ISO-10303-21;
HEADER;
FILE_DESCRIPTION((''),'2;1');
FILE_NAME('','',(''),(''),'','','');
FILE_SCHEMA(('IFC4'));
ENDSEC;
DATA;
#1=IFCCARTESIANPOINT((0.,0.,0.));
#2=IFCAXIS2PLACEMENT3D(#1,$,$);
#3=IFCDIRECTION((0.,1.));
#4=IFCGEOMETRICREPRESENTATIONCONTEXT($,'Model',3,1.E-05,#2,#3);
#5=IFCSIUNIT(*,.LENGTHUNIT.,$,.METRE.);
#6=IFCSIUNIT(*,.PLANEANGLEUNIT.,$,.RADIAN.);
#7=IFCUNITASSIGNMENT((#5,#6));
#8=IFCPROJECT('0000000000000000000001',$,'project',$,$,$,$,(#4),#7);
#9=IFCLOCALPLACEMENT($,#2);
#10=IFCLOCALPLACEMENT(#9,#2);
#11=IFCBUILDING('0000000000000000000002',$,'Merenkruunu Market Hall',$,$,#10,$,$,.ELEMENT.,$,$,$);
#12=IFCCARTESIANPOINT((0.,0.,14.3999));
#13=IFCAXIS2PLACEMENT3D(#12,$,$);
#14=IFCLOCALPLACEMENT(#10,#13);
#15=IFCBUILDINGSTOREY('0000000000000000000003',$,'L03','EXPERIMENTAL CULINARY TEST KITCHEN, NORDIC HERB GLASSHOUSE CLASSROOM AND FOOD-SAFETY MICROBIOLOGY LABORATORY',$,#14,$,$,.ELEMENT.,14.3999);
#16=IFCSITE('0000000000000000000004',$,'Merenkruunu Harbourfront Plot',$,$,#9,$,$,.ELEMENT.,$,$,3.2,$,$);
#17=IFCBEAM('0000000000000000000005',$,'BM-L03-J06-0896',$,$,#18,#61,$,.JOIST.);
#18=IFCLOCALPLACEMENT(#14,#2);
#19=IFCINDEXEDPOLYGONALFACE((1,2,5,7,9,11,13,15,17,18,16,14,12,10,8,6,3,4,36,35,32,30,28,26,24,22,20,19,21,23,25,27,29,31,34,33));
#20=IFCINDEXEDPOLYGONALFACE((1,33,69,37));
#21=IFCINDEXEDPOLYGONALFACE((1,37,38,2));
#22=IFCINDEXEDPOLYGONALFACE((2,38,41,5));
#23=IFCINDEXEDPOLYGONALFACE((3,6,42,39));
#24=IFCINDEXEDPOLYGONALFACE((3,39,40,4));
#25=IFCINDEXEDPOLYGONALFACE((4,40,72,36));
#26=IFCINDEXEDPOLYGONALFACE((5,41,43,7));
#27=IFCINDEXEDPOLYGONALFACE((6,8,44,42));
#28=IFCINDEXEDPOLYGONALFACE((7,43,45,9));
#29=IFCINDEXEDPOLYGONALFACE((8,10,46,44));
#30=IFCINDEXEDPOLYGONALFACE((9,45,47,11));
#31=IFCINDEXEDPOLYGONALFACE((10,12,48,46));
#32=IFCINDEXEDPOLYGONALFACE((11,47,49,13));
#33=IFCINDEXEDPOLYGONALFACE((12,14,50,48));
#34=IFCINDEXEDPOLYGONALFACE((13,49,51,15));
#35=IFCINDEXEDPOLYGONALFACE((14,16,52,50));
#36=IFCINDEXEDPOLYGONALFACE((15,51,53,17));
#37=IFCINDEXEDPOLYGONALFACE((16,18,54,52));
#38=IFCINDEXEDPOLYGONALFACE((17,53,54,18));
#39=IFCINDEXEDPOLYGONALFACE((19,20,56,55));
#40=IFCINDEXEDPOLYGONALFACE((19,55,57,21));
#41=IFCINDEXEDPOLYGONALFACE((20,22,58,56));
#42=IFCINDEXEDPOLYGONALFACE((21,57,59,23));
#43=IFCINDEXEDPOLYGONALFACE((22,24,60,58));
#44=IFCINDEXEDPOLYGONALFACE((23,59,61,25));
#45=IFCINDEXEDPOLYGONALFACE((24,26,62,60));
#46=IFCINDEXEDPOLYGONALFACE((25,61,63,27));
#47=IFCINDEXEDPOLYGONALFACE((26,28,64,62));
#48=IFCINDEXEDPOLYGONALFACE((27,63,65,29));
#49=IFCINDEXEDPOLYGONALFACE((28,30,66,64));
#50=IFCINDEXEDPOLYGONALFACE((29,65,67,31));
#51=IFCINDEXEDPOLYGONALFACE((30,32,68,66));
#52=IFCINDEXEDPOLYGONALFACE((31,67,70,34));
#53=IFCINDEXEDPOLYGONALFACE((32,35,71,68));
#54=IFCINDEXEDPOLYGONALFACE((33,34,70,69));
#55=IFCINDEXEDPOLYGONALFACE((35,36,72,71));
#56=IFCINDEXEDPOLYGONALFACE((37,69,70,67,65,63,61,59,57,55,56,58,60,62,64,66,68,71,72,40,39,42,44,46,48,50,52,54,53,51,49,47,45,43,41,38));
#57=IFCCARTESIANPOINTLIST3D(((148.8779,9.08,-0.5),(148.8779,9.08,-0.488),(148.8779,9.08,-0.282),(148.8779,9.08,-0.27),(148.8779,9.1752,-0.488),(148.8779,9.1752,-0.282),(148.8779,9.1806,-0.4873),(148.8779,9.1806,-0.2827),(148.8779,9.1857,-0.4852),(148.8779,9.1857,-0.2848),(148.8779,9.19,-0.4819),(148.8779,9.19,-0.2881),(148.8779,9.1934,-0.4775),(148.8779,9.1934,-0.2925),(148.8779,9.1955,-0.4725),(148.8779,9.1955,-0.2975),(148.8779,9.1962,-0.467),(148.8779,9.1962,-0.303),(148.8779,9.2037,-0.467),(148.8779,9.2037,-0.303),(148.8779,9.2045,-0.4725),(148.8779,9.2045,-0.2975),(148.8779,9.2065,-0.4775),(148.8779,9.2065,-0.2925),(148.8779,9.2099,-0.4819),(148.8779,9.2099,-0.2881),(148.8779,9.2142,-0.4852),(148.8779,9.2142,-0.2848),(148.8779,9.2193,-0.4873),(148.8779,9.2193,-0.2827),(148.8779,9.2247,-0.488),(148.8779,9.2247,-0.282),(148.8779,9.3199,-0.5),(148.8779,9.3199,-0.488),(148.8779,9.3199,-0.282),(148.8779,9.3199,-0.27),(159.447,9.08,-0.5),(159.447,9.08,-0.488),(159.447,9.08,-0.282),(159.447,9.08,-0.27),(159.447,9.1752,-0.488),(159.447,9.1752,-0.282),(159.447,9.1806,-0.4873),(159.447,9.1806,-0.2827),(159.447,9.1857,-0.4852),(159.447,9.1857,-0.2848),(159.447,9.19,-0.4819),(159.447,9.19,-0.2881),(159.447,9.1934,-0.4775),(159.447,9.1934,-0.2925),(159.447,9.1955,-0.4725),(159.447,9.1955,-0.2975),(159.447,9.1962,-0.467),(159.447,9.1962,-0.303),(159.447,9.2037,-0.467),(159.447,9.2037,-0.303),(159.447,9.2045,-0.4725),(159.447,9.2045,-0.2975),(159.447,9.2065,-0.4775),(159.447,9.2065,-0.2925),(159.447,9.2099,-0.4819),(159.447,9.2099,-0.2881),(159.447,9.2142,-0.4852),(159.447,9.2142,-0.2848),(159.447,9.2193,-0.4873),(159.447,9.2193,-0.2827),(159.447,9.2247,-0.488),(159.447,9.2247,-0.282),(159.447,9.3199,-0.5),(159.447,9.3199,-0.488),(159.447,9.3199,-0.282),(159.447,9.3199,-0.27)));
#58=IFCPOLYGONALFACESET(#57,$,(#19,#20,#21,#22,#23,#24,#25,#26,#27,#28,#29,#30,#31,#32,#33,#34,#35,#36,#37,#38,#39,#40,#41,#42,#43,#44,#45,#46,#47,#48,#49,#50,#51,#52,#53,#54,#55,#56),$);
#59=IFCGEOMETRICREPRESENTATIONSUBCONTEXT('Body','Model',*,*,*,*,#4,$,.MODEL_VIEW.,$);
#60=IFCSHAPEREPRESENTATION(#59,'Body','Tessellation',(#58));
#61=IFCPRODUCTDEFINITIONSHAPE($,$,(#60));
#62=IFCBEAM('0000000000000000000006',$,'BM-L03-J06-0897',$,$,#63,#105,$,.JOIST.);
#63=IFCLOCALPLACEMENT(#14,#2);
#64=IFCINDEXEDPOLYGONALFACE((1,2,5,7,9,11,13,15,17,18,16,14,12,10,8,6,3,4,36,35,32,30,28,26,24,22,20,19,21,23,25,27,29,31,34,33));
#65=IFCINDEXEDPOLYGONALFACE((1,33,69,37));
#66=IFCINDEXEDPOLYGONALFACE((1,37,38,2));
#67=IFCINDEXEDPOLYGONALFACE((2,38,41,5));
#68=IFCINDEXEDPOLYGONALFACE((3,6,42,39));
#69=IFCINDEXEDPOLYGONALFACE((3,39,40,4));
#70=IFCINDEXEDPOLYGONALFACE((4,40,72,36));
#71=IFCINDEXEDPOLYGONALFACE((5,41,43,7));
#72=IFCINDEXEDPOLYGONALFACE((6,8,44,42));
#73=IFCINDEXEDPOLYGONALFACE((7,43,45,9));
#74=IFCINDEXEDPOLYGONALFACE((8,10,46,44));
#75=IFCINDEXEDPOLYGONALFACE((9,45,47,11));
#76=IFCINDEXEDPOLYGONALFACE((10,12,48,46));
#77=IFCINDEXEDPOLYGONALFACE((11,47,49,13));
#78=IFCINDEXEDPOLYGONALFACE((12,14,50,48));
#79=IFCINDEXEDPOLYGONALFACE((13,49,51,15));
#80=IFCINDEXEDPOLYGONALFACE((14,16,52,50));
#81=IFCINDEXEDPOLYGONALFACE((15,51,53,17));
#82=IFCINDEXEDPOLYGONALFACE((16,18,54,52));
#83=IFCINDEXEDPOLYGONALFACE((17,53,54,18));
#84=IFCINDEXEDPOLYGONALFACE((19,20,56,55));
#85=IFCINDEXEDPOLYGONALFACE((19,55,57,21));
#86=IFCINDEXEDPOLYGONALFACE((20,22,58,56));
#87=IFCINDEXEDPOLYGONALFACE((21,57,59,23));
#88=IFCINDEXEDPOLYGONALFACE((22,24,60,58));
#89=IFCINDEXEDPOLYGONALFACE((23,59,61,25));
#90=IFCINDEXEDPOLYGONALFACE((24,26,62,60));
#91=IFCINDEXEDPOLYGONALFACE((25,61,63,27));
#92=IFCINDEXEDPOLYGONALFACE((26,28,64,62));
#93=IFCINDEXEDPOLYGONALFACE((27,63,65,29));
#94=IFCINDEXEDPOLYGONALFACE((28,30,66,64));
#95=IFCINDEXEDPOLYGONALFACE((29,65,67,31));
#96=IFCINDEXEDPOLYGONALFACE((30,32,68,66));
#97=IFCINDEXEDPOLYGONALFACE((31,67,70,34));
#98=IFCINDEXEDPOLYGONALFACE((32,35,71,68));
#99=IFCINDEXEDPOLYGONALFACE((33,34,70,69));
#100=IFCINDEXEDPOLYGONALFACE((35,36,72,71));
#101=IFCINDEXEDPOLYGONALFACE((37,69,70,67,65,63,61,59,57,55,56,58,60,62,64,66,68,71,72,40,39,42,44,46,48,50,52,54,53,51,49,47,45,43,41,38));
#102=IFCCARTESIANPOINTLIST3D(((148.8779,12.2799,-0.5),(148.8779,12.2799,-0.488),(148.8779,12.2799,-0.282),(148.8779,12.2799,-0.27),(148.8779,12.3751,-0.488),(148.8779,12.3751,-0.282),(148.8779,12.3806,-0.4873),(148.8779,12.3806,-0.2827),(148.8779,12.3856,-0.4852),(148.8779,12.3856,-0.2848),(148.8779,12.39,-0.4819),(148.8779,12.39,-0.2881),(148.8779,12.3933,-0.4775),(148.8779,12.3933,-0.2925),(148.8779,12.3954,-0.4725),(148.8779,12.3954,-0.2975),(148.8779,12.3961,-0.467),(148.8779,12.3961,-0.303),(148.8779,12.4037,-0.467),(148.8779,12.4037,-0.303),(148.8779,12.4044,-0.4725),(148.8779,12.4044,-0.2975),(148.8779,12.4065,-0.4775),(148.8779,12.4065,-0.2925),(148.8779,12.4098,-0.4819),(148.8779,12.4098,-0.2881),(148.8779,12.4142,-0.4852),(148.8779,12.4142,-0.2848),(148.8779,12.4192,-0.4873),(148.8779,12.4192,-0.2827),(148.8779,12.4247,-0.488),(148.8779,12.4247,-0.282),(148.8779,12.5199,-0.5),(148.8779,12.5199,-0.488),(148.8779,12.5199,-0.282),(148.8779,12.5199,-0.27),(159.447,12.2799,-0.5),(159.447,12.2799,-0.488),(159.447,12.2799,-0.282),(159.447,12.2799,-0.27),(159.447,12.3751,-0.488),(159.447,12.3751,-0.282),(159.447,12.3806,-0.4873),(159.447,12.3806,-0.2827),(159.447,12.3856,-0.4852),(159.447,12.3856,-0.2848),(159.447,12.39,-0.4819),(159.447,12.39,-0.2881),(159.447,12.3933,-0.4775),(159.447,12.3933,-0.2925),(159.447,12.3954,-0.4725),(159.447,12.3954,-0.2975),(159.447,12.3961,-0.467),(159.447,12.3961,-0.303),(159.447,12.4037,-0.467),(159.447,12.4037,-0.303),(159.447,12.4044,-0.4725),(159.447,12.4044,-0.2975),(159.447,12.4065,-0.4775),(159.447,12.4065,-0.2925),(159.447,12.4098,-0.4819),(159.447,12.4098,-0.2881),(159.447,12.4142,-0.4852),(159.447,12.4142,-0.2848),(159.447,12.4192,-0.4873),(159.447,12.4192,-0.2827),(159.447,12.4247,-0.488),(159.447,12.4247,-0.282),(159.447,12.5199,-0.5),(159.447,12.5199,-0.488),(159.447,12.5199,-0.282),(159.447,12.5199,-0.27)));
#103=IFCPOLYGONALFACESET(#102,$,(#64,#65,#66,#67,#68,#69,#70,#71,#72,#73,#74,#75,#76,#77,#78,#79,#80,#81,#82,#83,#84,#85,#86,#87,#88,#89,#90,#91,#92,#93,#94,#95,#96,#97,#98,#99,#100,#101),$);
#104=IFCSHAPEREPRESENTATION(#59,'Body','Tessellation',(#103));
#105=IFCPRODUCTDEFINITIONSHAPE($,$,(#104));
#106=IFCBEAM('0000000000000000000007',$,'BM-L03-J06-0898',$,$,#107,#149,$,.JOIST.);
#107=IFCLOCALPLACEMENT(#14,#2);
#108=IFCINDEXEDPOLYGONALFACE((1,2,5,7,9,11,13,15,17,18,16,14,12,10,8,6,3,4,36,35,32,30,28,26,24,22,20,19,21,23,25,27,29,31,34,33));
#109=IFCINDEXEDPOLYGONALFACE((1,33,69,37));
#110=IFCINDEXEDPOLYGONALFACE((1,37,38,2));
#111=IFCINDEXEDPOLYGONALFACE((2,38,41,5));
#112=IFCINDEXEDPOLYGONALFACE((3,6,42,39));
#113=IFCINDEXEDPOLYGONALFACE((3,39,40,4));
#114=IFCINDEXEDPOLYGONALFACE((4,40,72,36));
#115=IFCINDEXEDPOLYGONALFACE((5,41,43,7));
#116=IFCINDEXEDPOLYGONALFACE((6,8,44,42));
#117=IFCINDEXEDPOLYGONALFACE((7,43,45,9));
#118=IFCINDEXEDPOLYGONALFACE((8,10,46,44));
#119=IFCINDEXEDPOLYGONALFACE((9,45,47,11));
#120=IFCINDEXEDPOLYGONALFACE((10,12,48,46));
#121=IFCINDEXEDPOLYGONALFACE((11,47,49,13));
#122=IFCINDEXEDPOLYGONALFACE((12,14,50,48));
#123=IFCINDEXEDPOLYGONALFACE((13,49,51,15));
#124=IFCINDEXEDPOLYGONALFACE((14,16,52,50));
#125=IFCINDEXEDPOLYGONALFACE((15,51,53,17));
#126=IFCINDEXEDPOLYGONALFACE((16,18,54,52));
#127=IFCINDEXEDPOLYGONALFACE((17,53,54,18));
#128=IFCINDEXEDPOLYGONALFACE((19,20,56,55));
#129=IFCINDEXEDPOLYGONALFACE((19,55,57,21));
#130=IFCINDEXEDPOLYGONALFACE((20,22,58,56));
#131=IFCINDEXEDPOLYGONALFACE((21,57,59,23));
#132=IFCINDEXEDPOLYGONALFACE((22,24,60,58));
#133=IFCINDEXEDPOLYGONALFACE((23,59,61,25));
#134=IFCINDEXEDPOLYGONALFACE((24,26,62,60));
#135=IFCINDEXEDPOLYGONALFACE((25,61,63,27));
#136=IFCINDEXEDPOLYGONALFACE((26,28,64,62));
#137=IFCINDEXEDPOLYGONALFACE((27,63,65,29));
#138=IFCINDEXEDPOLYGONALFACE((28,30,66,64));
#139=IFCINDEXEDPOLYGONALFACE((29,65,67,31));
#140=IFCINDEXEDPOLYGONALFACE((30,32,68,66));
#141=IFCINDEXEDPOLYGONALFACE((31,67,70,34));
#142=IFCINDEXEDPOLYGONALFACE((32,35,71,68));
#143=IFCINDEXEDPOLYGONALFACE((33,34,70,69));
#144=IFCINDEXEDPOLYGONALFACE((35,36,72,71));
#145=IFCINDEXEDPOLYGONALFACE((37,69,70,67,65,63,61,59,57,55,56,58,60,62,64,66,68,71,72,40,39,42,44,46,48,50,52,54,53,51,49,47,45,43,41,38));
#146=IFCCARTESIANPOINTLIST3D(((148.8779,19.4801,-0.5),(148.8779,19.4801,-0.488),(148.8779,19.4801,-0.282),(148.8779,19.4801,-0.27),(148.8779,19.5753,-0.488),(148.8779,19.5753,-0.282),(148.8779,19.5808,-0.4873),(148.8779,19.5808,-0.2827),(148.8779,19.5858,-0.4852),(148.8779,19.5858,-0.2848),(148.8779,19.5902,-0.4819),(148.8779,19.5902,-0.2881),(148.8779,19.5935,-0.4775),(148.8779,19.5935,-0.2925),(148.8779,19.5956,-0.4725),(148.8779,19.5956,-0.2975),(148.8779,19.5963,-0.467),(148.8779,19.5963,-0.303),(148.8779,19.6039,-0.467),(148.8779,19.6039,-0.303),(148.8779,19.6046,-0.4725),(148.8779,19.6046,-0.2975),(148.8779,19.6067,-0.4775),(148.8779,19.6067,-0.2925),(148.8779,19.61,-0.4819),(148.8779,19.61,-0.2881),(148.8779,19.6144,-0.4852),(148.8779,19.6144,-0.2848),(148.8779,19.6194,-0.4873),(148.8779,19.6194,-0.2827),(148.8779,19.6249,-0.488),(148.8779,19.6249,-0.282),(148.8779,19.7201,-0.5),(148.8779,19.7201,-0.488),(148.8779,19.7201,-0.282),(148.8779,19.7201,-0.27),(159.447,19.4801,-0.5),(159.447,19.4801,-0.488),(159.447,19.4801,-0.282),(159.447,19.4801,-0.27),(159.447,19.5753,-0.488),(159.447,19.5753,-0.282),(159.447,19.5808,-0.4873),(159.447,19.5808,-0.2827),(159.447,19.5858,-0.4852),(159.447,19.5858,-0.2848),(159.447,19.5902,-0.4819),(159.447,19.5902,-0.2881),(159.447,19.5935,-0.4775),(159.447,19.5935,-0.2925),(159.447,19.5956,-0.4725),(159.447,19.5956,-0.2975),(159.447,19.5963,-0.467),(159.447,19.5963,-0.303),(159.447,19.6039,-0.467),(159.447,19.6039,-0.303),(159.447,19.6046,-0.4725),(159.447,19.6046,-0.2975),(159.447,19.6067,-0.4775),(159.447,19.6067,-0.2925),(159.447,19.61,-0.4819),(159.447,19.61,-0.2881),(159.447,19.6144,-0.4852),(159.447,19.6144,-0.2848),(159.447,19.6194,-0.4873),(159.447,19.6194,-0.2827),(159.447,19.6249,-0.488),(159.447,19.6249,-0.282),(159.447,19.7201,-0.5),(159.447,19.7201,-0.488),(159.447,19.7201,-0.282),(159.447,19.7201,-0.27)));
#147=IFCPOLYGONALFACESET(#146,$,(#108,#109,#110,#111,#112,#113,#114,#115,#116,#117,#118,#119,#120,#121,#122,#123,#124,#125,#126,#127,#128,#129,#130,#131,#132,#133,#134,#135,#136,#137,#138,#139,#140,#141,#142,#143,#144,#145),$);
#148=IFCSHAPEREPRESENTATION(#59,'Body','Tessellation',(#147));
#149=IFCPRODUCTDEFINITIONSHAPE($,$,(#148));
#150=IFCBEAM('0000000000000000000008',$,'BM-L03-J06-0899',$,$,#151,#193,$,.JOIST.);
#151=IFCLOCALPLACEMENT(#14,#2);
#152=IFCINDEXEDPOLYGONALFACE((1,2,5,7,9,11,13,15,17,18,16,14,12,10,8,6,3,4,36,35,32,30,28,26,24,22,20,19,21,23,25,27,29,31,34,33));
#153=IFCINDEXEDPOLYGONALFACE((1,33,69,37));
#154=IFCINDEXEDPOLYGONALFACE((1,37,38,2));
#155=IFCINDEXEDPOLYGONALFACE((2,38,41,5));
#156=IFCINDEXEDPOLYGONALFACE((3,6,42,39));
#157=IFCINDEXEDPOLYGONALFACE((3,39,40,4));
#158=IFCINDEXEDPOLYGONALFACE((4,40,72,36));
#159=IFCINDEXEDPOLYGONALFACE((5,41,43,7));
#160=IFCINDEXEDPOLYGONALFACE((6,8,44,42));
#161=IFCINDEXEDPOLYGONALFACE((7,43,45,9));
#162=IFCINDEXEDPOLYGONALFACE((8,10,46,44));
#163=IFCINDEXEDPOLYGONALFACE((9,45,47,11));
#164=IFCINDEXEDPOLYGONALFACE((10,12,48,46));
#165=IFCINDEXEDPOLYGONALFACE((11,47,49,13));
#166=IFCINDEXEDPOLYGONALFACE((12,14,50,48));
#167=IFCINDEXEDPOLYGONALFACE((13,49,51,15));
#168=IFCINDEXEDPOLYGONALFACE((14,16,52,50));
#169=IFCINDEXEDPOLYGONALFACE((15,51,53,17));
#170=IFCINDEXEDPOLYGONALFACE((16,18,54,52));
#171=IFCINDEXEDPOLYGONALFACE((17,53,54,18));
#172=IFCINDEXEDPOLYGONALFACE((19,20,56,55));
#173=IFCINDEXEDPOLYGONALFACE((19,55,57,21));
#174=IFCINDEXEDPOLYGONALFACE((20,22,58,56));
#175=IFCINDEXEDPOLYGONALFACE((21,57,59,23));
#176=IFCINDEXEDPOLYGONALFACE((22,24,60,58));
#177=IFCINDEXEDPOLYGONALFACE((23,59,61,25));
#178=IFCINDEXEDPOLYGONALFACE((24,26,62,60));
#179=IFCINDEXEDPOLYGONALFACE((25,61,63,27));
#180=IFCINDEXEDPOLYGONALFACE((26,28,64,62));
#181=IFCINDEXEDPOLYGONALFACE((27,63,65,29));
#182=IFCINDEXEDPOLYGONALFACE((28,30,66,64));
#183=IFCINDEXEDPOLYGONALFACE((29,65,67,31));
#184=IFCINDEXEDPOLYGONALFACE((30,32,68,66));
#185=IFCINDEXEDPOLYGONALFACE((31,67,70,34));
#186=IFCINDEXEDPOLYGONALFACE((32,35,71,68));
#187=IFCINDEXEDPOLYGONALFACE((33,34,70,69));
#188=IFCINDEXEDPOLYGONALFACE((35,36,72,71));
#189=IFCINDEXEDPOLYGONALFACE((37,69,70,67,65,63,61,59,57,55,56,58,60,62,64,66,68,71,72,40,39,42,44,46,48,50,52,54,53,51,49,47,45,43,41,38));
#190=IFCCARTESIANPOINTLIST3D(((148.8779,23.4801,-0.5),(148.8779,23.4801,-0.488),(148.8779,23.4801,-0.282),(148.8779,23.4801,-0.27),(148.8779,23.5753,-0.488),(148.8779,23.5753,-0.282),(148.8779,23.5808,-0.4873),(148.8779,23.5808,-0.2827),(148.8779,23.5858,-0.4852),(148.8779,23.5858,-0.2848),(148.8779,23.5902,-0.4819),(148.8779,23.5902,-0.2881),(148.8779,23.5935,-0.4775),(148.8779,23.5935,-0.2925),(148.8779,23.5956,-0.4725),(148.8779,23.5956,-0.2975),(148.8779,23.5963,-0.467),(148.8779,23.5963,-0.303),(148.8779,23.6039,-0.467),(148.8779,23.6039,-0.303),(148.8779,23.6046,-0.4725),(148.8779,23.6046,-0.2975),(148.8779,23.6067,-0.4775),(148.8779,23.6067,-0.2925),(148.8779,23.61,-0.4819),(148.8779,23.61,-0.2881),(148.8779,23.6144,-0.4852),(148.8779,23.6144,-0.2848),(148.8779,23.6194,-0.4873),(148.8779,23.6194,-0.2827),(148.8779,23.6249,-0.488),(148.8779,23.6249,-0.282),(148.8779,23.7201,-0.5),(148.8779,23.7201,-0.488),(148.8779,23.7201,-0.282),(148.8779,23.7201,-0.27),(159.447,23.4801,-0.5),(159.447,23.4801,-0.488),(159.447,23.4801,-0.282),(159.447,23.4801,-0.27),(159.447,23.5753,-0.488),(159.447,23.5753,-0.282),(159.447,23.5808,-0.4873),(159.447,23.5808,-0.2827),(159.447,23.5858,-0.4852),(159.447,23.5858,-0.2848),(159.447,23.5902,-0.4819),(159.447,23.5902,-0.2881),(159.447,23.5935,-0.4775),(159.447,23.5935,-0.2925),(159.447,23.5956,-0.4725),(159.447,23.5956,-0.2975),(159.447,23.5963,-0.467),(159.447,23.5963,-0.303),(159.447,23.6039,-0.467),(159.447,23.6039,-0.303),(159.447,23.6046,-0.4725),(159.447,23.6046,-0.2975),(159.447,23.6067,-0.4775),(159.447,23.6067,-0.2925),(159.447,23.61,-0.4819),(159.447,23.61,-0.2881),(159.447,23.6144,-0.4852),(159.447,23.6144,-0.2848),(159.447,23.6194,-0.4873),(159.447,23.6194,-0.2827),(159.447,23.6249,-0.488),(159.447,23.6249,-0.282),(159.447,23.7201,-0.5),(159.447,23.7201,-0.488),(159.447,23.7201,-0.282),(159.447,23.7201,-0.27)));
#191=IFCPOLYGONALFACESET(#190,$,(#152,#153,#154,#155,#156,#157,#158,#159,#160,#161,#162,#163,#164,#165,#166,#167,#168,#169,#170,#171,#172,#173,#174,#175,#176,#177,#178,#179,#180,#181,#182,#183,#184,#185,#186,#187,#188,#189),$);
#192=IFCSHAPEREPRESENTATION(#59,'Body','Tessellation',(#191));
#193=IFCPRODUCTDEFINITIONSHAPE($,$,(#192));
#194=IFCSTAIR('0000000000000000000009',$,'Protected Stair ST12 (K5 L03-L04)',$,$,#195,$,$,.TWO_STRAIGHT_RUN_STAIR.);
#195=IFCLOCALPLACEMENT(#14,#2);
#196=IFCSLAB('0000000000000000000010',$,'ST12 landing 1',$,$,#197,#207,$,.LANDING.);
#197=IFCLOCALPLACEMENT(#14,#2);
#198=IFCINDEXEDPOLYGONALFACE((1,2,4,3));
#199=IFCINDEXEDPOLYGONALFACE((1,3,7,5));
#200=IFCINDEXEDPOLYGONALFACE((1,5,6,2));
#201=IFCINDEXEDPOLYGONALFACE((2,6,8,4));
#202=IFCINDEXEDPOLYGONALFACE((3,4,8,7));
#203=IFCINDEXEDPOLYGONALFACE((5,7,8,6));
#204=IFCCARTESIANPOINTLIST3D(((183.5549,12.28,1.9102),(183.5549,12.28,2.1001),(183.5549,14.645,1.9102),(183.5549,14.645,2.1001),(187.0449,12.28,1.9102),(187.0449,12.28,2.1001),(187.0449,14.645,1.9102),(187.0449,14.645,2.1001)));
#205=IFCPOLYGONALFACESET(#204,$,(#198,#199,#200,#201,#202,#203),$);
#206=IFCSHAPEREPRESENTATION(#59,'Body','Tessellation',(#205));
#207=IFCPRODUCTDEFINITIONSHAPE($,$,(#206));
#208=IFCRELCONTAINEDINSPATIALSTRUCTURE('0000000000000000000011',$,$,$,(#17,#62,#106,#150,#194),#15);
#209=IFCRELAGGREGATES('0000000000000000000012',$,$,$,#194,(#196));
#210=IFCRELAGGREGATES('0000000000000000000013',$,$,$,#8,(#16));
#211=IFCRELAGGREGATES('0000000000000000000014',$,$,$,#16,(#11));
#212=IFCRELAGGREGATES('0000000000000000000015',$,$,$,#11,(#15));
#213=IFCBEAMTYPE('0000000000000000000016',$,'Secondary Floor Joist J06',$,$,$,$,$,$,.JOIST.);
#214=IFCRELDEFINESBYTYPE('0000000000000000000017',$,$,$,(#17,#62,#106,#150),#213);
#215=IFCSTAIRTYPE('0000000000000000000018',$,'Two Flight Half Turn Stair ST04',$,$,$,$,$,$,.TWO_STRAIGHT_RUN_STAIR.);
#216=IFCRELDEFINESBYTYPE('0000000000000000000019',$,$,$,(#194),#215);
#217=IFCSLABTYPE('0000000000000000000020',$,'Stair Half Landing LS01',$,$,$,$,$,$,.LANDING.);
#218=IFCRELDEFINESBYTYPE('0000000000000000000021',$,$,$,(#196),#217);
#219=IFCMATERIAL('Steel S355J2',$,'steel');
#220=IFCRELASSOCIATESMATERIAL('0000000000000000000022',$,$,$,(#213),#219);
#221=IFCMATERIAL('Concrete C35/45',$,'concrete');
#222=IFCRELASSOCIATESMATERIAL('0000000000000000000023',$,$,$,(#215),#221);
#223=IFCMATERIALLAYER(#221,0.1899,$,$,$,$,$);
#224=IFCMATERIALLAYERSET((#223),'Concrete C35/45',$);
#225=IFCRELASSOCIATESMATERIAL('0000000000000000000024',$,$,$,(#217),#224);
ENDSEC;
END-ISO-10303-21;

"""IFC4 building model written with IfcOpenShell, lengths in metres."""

from ifc_helpers import new_model, si_unit, direction, frame, origin, origin_2d, place, context, subcontext, project, spatial, polyline, i_section, outline, extrude, material, layer, layer_set, material_profile, profile_set, type_object, element, aggregate, save


model = new_model("IFC4")

# Units and contexts
model_context = context("Model", 3, precision=1e-05, world=origin(), true_north=direction((0.0, 1.0)))
body_context = subcontext(model_context, "Body", "Model", "MODEL_VIEW")
ifc_project = project(units=[si_unit("LENGTHUNIT", "METRE"), si_unit("PLANEANGLEUNIT", "RADIAN")], contexts=[model_context])

# Site, building, storey
site_placement = place(None, origin())
site = spatial("IfcSite", under=ifc_project, at=site_placement, Name="Merenkruunu Harbourfront Plot", CompositionType="ELEMENT", RefElevation=3.2)
building_placement = place(site_placement, origin())
building = spatial("IfcBuilding", under=site, at=building_placement, Name="Merenkruunu Market Hall", CompositionType="ELEMENT")
storey_placement = place(building_placement, frame((0.0, 0.0, 14.3999)))
storey = spatial("IfcBuildingStorey", under=building, at=storey_placement, Name="L03", Description="EXPERIMENTAL CULINARY TEST KITCHEN, NORDIC HERB GLASSHOUSE CLASSROOM AND FOOD-SAFETY MICROBIOLOGY LABORATORY", CompositionType="ELEMENT", Elevation=14.3999)

# Beams
ifc_material_1 = material(Name="Steel S355J2", Category="steel")
ifc_material_profile_1 = material_profile(ifc_material_1, i_section(OverallWidth=0.24, OverallDepth=0.23, WebThickness=0.0076, FlangeThickness=0.012, FilletRadius=0.021, at=origin_2d()), Name="HEA 240")
ifc_profile_set_1 = profile_set([ifc_material_profile_1], Name="Steel S355J2")
beam_type_1 = type_object("IfcBeamType", Name="Secondary Floor Joist J06", PredefinedType="JOIST", material=ifc_profile_set_1)
for number, where, z_axis, x_axis, name in (
    (1, (148.8779, 9.2, -0.385), (1.0, 0.0, 0.0), (0.0, 1.0, 0.0), "BM-L03-J06-0896"),
    (2, (148.8779, 12.3999, -0.385), (1.0, 0.0, 0.0), (0.0, 1.0, 0.0), "BM-L03-J06-0897"),
    (3, (148.8779, 19.6001, -0.385), (1.0, 0.0, 0.0), (0.0, 1.0, 0.0), "BM-L03-J06-0898"),
    (4, (148.8779, 23.6001, -0.385), (1.0, 0.0, 0.0), (0.0, 1.0, 0.0), "BM-L03-J06-0899"),
):
    element("IfcBeam", number, at=place(storey_placement, frame(where, z_axis=z_axis, x_axis=x_axis)), inside=storey, type_object=beam_type_1, Name=name, PredefinedType="JOIST", context=body_context, shape_type="SweptSolid", body=[
        extrude(i_section(OverallWidth=0.24, OverallDepth=0.23, WebThickness=0.0076, FlangeThickness=0.012, FilletRadius=0.021, at=origin_2d()), origin(), (0.0, 0.0, 1.0), 10.5691),
    ])

# Stair, slab
ifc_material_2 = material(Name="Concrete C35/45", Category="concrete")
stair_type = type_object("IfcStairType", Name="Two Flight Half Turn Stair ST04", PredefinedType="TWO_STRAIGHT_RUN_STAIR", material=ifc_material_2)
stair_1_placement = place(storey_placement, origin())
stair_1 = element("IfcStair", 5, at=stair_1_placement, inside=storey, type_object=stair_type, Name="Protected Stair ST12 (K5 L03-L04)", PredefinedType="TWO_STRAIGHT_RUN_STAIR")
ifc_layer_1 = layer(ifc_material_2, 0.1899)
ifc_layer_set_1 = layer_set([ifc_layer_1], Name="Concrete C35/45")
slab_type_1 = type_object("IfcSlabType", Name="Stair Half Landing LS01", PredefinedType="LANDING", material=ifc_layer_set_1)
slab_1_placement = place(storey_placement, frame((0.0, 0.0, 1.9102)))
slab_1 = element("IfcSlab", 6, at=slab_1_placement, type_object=slab_type_1, Name="ST12 landing 1", PredefinedType="LANDING", context=body_context, shape_type="SweptSolid", body=[
    extrude(outline(polyline([(183.5549, 12.28), (187.0449, 12.28), (187.0449, 14.645), (183.5549, 14.645), (183.5549, 12.28)])), origin(), (0.0, 0.0, 1.0), 0.1899),
])
aggregate(stair_1, [slab_1])

save(model, "model.ifc")
